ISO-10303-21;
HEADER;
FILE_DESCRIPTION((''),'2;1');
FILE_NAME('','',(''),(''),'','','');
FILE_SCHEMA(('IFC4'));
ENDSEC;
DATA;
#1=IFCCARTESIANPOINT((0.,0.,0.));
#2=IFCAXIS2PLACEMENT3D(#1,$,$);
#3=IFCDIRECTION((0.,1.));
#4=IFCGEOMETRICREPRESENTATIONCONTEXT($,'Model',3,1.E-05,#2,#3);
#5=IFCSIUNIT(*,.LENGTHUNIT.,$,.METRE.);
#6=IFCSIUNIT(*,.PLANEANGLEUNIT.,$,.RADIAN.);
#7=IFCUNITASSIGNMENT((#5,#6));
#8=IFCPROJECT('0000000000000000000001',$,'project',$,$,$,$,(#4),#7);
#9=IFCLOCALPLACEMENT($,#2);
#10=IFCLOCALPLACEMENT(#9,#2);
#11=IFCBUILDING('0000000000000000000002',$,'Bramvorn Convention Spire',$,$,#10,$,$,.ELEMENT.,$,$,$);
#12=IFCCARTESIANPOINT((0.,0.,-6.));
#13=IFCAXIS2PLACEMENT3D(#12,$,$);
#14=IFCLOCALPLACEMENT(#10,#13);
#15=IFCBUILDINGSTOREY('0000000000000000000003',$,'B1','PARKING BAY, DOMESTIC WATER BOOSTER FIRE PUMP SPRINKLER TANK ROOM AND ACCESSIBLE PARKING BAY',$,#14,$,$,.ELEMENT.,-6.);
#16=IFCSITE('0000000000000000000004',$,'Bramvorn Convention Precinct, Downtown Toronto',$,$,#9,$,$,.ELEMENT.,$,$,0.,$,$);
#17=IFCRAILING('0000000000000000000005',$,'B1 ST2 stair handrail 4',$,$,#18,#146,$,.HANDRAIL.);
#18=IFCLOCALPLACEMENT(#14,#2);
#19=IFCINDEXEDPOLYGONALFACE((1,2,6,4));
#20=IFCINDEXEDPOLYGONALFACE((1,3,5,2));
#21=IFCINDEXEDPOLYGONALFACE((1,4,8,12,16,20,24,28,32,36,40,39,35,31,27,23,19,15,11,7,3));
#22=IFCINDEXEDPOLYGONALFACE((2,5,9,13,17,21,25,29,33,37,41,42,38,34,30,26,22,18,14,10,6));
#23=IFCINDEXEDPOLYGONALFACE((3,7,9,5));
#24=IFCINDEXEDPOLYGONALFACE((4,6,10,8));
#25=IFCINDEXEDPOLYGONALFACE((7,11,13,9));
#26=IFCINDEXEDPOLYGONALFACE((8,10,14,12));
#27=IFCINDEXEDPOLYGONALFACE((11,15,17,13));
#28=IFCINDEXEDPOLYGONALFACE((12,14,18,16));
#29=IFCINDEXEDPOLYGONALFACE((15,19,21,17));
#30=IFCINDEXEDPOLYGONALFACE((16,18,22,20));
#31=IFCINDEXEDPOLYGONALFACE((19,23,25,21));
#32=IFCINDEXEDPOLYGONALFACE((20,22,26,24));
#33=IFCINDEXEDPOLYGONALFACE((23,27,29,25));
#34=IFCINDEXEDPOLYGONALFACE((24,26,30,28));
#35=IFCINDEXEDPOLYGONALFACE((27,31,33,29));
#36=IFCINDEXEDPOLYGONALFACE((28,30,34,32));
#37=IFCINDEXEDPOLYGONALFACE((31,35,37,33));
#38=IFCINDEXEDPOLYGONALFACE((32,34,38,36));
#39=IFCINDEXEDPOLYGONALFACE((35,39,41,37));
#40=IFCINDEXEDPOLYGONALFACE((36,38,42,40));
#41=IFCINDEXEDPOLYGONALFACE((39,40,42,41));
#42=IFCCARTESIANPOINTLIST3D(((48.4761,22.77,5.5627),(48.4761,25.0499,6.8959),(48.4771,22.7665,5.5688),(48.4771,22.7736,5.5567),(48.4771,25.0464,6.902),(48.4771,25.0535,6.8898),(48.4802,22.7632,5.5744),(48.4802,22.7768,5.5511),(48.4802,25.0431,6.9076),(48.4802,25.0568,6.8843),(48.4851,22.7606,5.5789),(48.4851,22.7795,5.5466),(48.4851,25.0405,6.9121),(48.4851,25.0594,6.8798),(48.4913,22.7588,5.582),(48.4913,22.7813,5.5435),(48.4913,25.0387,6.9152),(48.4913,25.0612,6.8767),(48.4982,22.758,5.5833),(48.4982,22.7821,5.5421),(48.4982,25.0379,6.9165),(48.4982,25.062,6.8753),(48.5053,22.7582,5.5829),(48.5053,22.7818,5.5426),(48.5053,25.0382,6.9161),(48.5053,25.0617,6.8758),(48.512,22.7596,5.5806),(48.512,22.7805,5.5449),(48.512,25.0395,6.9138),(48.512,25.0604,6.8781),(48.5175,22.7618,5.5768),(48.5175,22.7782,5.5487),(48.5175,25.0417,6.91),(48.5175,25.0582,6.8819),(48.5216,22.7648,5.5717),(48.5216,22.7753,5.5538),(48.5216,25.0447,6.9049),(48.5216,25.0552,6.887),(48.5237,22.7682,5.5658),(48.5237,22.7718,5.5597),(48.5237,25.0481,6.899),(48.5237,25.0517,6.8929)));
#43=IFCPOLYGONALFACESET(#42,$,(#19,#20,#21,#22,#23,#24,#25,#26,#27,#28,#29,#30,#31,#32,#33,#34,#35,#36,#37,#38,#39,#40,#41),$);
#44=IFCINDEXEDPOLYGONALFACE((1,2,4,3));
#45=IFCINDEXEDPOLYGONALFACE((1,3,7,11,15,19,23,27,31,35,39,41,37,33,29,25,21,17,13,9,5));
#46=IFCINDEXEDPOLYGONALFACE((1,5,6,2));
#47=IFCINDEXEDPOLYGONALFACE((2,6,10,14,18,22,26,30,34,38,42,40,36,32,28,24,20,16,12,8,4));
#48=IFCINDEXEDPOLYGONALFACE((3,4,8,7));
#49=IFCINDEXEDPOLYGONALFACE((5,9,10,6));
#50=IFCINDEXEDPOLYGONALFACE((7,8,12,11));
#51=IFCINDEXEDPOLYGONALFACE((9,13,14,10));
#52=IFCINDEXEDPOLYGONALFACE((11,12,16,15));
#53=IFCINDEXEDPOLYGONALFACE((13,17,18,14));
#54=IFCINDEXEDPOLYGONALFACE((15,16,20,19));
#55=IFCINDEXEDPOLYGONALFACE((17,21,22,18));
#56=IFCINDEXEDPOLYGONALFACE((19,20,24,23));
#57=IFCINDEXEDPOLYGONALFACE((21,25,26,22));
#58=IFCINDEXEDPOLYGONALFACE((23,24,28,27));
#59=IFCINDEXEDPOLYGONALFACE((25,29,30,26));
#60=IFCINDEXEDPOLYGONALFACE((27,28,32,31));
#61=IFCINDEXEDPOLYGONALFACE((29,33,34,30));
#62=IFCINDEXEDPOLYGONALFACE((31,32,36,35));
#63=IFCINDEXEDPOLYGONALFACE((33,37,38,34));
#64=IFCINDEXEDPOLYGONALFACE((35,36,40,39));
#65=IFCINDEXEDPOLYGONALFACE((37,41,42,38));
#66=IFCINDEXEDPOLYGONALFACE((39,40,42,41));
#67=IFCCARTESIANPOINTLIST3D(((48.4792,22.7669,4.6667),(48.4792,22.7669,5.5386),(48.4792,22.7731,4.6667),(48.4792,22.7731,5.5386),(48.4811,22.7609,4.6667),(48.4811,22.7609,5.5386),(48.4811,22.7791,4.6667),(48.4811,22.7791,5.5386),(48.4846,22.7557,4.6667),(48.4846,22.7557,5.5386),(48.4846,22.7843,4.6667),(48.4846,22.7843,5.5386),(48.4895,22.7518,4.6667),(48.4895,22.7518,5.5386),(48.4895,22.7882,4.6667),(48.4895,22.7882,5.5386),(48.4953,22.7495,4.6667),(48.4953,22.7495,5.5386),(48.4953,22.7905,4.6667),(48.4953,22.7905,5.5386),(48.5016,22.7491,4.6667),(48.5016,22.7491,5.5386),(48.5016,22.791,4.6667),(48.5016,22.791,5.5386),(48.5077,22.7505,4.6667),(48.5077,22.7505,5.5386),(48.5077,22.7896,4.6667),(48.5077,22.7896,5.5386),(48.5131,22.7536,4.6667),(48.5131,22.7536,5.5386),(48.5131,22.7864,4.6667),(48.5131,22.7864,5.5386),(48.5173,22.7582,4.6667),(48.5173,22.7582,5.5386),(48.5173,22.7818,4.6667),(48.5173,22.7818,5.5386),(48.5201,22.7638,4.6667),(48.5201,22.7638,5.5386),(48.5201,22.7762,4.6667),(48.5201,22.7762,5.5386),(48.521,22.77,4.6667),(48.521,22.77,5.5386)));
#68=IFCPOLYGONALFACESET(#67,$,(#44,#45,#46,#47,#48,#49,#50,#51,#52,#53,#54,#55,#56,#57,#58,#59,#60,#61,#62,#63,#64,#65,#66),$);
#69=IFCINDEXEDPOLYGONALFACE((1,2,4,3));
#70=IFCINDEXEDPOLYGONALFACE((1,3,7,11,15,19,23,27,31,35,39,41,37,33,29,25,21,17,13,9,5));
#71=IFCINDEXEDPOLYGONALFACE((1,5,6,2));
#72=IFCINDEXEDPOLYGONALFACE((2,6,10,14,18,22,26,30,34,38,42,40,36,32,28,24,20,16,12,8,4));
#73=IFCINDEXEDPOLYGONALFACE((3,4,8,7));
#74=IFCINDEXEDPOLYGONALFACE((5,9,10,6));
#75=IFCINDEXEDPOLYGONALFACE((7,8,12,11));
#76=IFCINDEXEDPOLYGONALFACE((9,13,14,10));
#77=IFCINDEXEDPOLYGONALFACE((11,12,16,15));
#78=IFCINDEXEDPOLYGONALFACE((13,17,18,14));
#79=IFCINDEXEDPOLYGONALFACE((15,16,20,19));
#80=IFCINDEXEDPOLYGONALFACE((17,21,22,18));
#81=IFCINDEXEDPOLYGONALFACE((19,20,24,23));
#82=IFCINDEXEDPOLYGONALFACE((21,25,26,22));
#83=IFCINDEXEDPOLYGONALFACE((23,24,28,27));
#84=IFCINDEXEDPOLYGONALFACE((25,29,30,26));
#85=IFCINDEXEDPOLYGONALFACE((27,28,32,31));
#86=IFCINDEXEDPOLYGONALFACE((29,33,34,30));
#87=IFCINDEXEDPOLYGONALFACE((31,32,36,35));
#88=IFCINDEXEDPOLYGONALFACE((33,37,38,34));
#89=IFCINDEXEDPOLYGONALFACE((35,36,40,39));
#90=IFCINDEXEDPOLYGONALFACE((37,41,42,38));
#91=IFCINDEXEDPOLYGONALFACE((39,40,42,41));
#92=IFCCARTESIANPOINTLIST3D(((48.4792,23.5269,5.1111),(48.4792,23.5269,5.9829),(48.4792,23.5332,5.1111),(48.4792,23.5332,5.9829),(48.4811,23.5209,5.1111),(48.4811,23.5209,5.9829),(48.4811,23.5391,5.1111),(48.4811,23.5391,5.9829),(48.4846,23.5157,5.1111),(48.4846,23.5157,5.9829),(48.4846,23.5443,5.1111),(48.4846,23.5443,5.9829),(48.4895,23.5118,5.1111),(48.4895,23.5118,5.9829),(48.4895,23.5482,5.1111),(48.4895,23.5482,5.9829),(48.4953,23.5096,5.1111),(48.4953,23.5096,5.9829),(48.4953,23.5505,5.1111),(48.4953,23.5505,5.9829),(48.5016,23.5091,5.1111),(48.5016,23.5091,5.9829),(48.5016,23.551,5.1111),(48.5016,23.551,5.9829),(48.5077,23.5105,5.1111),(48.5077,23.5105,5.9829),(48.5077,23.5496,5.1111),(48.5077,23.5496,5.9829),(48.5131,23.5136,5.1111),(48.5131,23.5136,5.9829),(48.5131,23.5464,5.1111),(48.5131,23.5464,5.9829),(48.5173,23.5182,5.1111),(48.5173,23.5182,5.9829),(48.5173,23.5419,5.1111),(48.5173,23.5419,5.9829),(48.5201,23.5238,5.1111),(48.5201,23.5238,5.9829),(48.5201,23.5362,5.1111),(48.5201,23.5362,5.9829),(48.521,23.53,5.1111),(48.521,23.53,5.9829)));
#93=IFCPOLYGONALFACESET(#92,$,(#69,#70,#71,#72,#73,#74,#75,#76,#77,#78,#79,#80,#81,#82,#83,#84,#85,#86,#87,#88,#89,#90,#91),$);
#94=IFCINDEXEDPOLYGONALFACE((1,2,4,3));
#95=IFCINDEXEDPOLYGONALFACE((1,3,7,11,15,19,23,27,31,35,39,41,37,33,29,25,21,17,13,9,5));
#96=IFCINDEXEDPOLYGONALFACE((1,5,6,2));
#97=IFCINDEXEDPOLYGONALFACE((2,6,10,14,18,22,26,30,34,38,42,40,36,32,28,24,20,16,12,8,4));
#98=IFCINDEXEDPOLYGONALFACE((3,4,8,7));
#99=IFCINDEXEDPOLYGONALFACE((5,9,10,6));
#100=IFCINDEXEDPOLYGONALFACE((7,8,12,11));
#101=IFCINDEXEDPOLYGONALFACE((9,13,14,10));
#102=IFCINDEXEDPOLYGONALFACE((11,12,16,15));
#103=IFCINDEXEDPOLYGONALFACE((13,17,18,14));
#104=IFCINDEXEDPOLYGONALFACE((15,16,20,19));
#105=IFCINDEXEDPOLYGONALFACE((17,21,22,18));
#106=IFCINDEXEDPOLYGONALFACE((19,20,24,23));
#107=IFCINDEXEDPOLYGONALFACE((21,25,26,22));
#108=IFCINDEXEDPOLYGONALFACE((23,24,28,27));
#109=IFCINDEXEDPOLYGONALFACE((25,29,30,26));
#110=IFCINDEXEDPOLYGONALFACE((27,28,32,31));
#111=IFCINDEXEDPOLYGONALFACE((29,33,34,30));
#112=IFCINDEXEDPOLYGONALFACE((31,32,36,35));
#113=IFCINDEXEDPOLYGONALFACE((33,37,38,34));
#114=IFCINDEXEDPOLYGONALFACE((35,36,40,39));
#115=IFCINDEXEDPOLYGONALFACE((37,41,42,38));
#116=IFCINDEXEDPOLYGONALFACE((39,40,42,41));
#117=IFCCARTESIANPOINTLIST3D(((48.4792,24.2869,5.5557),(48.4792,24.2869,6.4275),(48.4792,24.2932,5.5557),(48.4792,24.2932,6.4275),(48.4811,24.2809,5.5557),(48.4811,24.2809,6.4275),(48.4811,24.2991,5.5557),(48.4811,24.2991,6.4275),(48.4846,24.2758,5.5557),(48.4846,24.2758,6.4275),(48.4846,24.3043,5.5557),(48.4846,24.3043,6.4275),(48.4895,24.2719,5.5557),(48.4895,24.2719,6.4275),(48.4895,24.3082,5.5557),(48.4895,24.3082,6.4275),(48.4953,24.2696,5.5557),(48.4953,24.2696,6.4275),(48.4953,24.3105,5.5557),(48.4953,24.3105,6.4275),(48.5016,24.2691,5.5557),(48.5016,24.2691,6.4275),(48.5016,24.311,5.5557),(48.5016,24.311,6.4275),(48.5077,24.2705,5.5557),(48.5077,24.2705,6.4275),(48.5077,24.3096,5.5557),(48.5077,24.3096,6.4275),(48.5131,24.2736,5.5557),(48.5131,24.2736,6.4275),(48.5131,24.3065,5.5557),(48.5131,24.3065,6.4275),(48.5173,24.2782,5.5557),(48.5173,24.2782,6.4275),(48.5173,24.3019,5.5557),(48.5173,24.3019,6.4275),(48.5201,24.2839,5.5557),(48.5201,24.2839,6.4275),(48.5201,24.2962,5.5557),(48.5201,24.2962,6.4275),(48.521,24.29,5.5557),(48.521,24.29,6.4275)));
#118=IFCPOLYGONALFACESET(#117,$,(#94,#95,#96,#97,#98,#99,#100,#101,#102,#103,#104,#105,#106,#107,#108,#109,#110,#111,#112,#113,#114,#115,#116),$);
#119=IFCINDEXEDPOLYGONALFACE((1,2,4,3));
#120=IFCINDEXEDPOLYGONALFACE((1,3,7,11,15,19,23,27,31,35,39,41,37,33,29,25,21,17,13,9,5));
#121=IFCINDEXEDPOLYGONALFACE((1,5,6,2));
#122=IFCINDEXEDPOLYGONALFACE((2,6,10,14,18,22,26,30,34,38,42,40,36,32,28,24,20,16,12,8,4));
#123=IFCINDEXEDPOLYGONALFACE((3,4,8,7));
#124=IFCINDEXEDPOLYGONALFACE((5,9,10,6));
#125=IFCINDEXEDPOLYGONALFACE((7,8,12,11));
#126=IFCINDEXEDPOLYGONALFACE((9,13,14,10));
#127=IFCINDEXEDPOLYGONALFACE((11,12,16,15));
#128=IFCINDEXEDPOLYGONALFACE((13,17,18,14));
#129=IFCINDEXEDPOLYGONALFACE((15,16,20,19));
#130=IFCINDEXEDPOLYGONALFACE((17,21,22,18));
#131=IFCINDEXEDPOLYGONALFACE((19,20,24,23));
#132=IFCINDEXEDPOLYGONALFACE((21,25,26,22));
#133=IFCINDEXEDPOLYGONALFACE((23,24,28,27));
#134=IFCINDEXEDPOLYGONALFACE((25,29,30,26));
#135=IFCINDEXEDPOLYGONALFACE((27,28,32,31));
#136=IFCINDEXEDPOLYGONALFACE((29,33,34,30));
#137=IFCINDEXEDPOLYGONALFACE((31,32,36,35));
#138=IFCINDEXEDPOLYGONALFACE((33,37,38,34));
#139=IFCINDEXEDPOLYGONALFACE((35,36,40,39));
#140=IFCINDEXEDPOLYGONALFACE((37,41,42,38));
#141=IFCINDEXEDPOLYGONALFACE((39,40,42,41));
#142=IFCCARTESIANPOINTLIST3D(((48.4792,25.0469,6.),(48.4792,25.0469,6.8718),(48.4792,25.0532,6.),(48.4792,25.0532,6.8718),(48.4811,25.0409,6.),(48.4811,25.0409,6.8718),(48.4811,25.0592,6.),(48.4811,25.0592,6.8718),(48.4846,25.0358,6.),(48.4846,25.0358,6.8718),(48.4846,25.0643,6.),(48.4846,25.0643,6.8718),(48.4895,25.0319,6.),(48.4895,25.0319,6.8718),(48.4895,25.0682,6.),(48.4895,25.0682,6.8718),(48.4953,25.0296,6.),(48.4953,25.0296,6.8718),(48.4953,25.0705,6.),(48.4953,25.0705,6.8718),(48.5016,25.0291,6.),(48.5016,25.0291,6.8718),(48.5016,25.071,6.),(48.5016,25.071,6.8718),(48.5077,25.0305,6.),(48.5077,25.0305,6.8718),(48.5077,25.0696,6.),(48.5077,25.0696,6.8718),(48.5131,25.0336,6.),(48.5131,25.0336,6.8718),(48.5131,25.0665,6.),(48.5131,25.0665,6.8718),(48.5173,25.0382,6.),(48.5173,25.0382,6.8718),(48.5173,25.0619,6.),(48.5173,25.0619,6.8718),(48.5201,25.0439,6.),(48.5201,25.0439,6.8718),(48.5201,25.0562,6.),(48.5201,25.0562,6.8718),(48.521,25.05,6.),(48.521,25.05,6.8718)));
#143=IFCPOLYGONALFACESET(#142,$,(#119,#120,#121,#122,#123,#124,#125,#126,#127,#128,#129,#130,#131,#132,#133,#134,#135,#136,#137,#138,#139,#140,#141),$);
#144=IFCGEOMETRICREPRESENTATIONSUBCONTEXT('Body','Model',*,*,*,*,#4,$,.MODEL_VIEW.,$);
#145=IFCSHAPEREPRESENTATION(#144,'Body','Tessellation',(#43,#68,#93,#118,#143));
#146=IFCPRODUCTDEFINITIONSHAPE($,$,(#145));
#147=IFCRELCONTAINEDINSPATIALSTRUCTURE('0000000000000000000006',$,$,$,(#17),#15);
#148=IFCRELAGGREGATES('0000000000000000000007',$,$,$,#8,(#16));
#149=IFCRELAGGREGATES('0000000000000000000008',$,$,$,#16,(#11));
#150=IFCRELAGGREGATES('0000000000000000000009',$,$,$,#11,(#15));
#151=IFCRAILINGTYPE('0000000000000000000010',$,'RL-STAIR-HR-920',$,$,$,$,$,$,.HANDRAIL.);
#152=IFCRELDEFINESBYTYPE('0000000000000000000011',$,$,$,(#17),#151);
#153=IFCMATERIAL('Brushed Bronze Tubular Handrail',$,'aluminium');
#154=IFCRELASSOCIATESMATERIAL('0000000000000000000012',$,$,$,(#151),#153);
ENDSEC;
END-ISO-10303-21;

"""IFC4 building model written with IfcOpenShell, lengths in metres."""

from ifc_helpers import new_model, si_unit, direction, frame, origin, origin_2d, place, context, subcontext, project, spatial, circle, extrude, material, type_object, element, save


model = new_model("IFC4")

# Units and contexts
model_context = context("Model", 3, precision=1e-05, world=origin(), true_north=direction((0.0, 1.0)))
body_context = subcontext(model_context, "Body", "Model", "MODEL_VIEW")
ifc_project = project(units=[si_unit("LENGTHUNIT", "METRE"), si_unit("PLANEANGLEUNIT", "RADIAN")], contexts=[model_context])

# Site, building, storey
site_placement = place(None, origin())
site = spatial("IfcSite", under=ifc_project, at=site_placement, Name="Bramvorn Convention Precinct, Downtown Toronto", CompositionType="ELEMENT", RefElevation=0.0)
building_placement = place(site_placement, origin())
building = spatial("IfcBuilding", under=site, at=building_placement, Name="Bramvorn Convention Spire", CompositionType="ELEMENT")
storey_placement = place(building_placement, frame((0.0, 0.0, -6.0)))
storey = spatial("IfcBuildingStorey", under=building, at=storey_placement, Name="B1", Description="PARKING BAY, DOMESTIC WATER BOOSTER FIRE PUMP SPRINKLER TANK ROOM AND ACCESSIBLE PARKING BAY", CompositionType="ELEMENT", Elevation=-6.0)

# Railing
ifc_material_1 = material(Name="Brushed Bronze Tubular Handrail", Category="aluminium")
railing_type_1 = type_object("IfcRailingType", Name="RL-STAIR-HR-920", PredefinedType="HANDRAIL", material=ifc_material_1)
for number, where, name in (
    (1, (48.5, 22.77, 4.6667), "B1 ST2 stair handrail 4"),
):
    element("IfcRailing", number, at=place(storey_placement, frame(where)), inside=storey, type_object=railing_type_1, Name=name, PredefinedType="HANDRAIL", context=body_context, shape_type="SweptSolid", body=[
        extrude(circle(Radius=0.0239, at=origin_2d()), frame((0.0, 0.0, 0.896), z_axis=(0.0, 0.863245, 0.504785), x_axis=(-1.0, 0.0, 0.0)), (0.0, 0.0, 1.0), 2.6411),
        extrude(circle(Radius=0.021, at=origin_2d()), origin(), (0.0, 0.0, 1.0), 0.8718),
        extrude(circle(Radius=0.021, at=origin_2d()), frame((0.0, 0.76, 0.4443)), (0.0, 0.0, 1.0), 0.8718),
        extrude(circle(Radius=0.021, at=origin_2d()), frame((0.0, 1.52, 0.8889)), (0.0, 0.0, 1.0), 0.8718),
        extrude(circle(Radius=0.021, at=origin_2d()), frame((0.0, 2.28, 1.3333)), (0.0, 0.0, 1.0), 0.8718),
    ])

save(model, "model.ifc")
